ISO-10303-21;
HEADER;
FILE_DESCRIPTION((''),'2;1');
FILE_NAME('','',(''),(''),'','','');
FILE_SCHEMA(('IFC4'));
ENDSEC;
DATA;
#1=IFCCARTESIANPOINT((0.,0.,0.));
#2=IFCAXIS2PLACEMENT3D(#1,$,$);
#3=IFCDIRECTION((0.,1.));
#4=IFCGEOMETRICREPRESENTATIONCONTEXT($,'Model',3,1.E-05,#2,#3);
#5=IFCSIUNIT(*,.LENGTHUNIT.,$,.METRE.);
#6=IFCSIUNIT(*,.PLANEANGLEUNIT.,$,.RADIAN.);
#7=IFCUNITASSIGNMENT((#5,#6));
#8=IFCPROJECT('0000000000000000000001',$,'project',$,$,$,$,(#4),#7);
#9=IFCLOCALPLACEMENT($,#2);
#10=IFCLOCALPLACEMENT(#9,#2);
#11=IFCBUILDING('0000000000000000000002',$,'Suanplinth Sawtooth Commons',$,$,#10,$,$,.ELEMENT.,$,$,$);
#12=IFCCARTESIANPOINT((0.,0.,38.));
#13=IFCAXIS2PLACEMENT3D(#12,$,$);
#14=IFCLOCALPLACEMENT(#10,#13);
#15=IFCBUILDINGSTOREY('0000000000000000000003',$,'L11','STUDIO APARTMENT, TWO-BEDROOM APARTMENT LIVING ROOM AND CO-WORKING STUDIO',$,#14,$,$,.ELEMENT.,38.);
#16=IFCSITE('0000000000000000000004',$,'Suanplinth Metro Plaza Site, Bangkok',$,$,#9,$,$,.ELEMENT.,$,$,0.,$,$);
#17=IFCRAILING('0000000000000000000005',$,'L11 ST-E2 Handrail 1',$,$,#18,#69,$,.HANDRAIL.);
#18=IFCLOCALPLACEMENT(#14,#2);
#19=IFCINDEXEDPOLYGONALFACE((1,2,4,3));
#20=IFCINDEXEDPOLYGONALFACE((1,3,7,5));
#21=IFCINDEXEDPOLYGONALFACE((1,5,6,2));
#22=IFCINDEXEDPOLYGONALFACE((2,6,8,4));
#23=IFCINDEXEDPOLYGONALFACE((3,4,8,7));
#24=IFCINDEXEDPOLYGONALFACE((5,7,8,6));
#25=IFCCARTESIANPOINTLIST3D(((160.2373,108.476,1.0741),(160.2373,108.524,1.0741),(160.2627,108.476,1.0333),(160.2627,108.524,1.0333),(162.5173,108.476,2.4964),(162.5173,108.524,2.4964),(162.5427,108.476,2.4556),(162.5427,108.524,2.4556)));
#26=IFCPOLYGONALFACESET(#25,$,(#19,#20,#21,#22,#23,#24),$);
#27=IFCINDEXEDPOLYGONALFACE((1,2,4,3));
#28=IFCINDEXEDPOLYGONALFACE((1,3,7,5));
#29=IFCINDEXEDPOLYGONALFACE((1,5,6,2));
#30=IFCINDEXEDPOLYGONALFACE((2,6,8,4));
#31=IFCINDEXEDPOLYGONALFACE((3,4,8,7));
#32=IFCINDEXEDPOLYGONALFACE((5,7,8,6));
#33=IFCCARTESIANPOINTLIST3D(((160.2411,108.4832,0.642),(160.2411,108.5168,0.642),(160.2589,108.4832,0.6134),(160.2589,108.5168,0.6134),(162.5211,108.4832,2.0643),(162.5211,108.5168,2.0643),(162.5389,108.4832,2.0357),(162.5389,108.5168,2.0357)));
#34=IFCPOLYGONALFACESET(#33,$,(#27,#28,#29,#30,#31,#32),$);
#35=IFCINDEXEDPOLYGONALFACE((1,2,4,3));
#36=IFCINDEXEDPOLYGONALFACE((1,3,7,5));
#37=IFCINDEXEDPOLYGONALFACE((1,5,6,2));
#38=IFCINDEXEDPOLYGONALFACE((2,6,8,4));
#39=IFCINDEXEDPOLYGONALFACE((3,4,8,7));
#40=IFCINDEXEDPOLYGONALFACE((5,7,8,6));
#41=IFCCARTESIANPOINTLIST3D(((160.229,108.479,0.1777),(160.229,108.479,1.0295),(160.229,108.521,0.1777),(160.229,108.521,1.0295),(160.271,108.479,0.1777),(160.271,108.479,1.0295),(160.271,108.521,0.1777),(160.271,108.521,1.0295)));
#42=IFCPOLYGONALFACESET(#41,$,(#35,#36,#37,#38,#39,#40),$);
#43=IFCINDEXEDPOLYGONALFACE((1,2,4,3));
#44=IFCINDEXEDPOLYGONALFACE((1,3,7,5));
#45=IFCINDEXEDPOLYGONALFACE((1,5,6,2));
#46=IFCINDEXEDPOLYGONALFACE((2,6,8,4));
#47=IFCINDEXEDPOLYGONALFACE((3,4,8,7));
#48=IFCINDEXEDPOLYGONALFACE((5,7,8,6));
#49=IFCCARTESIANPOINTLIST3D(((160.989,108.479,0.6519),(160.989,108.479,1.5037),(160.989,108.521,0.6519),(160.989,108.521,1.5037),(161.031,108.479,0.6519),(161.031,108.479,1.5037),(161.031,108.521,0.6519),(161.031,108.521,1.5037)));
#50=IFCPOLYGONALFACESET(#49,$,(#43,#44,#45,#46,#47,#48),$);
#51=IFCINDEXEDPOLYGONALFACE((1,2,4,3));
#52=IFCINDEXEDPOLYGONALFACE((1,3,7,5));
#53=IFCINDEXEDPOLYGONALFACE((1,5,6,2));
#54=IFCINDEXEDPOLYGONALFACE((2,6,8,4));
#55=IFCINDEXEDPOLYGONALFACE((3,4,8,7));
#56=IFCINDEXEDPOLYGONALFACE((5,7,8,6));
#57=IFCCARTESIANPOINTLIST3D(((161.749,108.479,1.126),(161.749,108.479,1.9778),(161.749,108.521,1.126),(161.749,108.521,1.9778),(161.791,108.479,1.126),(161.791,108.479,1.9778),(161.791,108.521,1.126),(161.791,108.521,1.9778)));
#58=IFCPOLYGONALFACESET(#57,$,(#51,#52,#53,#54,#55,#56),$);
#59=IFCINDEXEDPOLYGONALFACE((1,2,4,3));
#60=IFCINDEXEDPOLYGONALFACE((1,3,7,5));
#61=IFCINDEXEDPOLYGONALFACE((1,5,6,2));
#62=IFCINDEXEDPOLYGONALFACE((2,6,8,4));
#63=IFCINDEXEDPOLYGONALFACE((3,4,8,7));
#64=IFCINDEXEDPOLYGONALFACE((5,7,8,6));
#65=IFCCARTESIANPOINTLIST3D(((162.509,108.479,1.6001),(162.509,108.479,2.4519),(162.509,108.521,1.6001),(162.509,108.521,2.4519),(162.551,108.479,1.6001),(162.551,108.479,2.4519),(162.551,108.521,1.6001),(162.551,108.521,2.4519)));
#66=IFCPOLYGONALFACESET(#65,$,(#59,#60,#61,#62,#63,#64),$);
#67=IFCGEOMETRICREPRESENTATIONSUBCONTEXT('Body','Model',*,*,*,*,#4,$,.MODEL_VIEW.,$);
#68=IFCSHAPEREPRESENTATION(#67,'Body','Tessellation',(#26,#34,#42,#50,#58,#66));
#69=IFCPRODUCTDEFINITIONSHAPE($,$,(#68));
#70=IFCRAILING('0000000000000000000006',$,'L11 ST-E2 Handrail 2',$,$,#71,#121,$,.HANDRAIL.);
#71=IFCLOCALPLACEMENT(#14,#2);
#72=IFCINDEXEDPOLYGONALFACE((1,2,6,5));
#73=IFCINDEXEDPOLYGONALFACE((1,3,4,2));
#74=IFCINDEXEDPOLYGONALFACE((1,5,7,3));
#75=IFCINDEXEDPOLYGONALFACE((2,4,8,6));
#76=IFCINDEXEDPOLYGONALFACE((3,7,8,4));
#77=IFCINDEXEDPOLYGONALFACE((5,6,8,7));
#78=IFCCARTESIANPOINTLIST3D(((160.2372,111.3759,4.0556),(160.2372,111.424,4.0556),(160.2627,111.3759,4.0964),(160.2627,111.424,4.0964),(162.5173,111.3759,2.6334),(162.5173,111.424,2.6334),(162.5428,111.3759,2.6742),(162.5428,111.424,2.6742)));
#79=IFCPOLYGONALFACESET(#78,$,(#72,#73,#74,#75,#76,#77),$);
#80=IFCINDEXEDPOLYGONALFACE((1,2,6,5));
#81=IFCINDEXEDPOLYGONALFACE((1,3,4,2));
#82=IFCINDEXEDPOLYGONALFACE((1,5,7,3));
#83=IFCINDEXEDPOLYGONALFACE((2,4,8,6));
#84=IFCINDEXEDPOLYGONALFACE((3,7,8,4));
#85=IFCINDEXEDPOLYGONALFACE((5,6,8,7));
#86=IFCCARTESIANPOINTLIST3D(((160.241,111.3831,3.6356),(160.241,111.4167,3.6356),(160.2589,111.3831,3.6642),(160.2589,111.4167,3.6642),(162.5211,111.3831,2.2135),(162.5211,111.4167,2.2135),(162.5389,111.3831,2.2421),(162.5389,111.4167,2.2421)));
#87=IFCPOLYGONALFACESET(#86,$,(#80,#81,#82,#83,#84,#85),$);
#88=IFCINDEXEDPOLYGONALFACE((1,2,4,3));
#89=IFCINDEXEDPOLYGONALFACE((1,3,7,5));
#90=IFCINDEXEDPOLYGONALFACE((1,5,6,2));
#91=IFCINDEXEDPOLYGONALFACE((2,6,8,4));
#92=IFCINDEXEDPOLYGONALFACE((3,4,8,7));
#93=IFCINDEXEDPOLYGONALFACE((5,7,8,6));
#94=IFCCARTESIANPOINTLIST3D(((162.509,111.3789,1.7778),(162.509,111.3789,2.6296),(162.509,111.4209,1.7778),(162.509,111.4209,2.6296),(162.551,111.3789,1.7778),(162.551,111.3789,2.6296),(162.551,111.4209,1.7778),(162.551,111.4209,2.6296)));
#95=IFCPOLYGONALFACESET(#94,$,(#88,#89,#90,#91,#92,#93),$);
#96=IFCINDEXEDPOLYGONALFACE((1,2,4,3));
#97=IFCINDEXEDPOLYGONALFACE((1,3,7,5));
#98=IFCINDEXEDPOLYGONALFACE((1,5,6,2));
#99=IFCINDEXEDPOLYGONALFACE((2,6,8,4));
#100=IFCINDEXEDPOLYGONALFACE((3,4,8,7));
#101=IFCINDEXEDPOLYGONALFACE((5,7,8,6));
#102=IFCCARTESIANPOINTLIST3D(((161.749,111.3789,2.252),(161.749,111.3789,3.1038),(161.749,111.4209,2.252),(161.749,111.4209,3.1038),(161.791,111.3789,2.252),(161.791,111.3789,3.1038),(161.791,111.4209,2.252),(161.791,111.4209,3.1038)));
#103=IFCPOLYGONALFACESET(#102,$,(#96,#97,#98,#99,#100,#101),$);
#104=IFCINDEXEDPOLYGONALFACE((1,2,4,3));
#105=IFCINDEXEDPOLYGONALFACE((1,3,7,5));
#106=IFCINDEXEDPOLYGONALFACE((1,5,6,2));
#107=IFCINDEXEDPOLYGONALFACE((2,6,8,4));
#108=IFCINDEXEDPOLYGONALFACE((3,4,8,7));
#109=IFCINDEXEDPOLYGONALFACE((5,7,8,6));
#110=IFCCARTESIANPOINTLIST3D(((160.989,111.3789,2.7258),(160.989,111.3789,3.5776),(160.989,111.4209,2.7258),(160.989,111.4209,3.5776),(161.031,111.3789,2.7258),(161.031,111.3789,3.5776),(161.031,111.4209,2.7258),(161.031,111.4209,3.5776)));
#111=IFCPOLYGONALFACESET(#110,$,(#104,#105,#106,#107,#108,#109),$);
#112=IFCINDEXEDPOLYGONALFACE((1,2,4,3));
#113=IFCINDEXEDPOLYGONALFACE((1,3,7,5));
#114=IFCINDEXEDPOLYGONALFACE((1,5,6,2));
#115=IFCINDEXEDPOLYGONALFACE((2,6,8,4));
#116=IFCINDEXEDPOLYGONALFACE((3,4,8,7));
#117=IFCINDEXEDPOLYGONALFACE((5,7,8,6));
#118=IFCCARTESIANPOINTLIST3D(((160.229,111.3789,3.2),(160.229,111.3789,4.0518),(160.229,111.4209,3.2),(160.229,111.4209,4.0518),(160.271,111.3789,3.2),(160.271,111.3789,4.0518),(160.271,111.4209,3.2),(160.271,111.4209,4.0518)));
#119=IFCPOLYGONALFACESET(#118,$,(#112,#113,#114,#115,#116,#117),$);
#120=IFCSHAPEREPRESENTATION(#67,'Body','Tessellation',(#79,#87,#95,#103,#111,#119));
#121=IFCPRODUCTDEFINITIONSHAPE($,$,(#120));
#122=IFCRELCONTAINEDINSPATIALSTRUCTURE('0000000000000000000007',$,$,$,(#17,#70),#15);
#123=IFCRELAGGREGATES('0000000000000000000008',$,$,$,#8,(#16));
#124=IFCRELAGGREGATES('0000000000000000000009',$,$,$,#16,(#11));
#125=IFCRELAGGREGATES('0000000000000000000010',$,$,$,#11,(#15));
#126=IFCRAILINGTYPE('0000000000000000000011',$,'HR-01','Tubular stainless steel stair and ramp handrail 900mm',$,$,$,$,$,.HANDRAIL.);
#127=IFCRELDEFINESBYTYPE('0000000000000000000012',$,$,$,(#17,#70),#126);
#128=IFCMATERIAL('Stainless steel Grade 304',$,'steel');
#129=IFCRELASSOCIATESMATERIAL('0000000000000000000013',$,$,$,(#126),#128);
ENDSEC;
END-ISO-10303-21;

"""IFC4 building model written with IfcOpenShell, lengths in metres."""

from ifc_helpers import new_model, si_unit, direction, frame, origin, origin_2d, place, context, subcontext, project, spatial, rectangle, extrude, material, type_object, element, save


model = new_model("IFC4")

# Units and contexts
model_context = context("Model", 3, precision=1e-05, world=origin(), true_north=direction((0.0, 1.0)))
body_context = subcontext(model_context, "Body", "Model", "MODEL_VIEW")
ifc_project = project(units=[si_unit("LENGTHUNIT", "METRE"), si_unit("PLANEANGLEUNIT", "RADIAN")], contexts=[model_context])

# Site, building, storey
site_placement = place(None, origin())
site = spatial("IfcSite", under=ifc_project, at=site_placement, Name="Suanplinth Metro Plaza Site, Bangkok", CompositionType="ELEMENT", RefElevation=0.0)
building_placement = place(site_placement, origin())
building = spatial("IfcBuilding", under=site, at=building_placement, Name="Suanplinth Sawtooth Commons", CompositionType="ELEMENT")
storey_placement = place(building_placement, frame((0.0, 0.0, 38.0)))
storey = spatial("IfcBuildingStorey", under=building, at=storey_placement, Name="L11", Description="STUDIO APARTMENT, TWO-BEDROOM APARTMENT LIVING ROOM AND CO-WORKING STUDIO", CompositionType="ELEMENT", Elevation=38.0)

# Shared definitions
ifc_material_1 = material(Name="Stainless steel Grade 304", Category="steel")

# Railings
railing_type_1 = type_object("IfcRailingType", Name="HR-01", Description="Tubular stainless steel stair and ramp handrail 900mm", PredefinedType="HANDRAIL", material=ifc_material_1)
railing_1_placement = place(storey_placement, frame((160.25, 108.5, 0.1777)))
element("IfcRailing", 1, at=railing_1_placement, inside=storey, type_object=railing_type_1, Name="L11 ST-E2 Handrail 1", PredefinedType="HANDRAIL", context=body_context, shape_type="SweptSolid", body=[
    extrude(rectangle(XDim=0.0481, YDim=0.0481, at=origin_2d()), frame((0.0, 0.0, 0.876), z_axis=(0.848442, 0.0, 0.529288), x_axis=(0.0, 1.0, 0.0)), (0.0, 0.0, 1.0), 2.6873),
    extrude(rectangle(XDim=0.0337, YDim=0.0337, at=origin_2d()), frame((0.0, 0.0, 0.45), z_axis=(0.848442, 0.0, 0.529288), x_axis=(0.0, 1.0, 0.0)), (0.0, 0.0, 1.0), 2.6873),
    extrude(rectangle(XDim=0.042, YDim=0.042, at=origin_2d()), origin(), (0.0, 0.0, 1.0), 0.8518),
    extrude(rectangle(XDim=0.042, YDim=0.042, at=origin_2d()), frame((0.76, 0.0, 0.4741)), (0.0, 0.0, 1.0), 0.8518),
    extrude(rectangle(XDim=0.042, YDim=0.042, at=origin_2d()), frame((1.52, 0.0, 0.9482)), (0.0, 0.0, 1.0), 0.8518),
    extrude(rectangle(XDim=0.042, YDim=0.042, at=origin_2d()), frame((2.28, 0.0, 1.4224)), (0.0, 0.0, 1.0), 0.8518),
])
railing_2_placement = place(storey_placement, frame((162.53, 111.3999, 1.7778)))
element("IfcRailing", 2, at=railing_2_placement, inside=storey, type_object=railing_type_1, Name="L11 ST-E2 Handrail 2", PredefinedType="HANDRAIL", context=body_context, shape_type="SweptSolid", body=[
    extrude(rectangle(XDim=0.0481, YDim=0.0481, at=origin_2d()), frame((0.0, 0.0, 0.876), z_axis=(-0.848483, 0.0, 0.529223), x_axis=(0.0, -1.0, 0.0)), (0.0, 0.0, 1.0), 2.6873),
    extrude(rectangle(XDim=0.0337, YDim=0.0337, at=origin_2d()), frame((0.0, 0.0, 0.45), z_axis=(-0.848483, 0.0, 0.529223), x_axis=(0.0, -1.0, 0.0)), (0.0, 0.0, 1.0), 2.6873),
    extrude(rectangle(XDim=0.042, YDim=0.042, at=origin_2d()), origin(), (0.0, 0.0, 1.0), 0.8518),
    extrude(rectangle(XDim=0.042, YDim=0.042, at=origin_2d()), frame((-0.76, 0.0, 0.4741)), (0.0, 0.0, 1.0), 0.8518),
    extrude(rectangle(XDim=0.042, YDim=0.042, at=origin_2d()), frame((-1.52, 0.0, 0.948)), (0.0, 0.0, 1.0), 0.8518),
    extrude(rectangle(XDim=0.042, YDim=0.042, at=origin_2d()), frame((-2.28, 0.0, 1.4221)), (0.0, 0.0, 1.0), 0.8518),
])

save(model, "model.ifc")
